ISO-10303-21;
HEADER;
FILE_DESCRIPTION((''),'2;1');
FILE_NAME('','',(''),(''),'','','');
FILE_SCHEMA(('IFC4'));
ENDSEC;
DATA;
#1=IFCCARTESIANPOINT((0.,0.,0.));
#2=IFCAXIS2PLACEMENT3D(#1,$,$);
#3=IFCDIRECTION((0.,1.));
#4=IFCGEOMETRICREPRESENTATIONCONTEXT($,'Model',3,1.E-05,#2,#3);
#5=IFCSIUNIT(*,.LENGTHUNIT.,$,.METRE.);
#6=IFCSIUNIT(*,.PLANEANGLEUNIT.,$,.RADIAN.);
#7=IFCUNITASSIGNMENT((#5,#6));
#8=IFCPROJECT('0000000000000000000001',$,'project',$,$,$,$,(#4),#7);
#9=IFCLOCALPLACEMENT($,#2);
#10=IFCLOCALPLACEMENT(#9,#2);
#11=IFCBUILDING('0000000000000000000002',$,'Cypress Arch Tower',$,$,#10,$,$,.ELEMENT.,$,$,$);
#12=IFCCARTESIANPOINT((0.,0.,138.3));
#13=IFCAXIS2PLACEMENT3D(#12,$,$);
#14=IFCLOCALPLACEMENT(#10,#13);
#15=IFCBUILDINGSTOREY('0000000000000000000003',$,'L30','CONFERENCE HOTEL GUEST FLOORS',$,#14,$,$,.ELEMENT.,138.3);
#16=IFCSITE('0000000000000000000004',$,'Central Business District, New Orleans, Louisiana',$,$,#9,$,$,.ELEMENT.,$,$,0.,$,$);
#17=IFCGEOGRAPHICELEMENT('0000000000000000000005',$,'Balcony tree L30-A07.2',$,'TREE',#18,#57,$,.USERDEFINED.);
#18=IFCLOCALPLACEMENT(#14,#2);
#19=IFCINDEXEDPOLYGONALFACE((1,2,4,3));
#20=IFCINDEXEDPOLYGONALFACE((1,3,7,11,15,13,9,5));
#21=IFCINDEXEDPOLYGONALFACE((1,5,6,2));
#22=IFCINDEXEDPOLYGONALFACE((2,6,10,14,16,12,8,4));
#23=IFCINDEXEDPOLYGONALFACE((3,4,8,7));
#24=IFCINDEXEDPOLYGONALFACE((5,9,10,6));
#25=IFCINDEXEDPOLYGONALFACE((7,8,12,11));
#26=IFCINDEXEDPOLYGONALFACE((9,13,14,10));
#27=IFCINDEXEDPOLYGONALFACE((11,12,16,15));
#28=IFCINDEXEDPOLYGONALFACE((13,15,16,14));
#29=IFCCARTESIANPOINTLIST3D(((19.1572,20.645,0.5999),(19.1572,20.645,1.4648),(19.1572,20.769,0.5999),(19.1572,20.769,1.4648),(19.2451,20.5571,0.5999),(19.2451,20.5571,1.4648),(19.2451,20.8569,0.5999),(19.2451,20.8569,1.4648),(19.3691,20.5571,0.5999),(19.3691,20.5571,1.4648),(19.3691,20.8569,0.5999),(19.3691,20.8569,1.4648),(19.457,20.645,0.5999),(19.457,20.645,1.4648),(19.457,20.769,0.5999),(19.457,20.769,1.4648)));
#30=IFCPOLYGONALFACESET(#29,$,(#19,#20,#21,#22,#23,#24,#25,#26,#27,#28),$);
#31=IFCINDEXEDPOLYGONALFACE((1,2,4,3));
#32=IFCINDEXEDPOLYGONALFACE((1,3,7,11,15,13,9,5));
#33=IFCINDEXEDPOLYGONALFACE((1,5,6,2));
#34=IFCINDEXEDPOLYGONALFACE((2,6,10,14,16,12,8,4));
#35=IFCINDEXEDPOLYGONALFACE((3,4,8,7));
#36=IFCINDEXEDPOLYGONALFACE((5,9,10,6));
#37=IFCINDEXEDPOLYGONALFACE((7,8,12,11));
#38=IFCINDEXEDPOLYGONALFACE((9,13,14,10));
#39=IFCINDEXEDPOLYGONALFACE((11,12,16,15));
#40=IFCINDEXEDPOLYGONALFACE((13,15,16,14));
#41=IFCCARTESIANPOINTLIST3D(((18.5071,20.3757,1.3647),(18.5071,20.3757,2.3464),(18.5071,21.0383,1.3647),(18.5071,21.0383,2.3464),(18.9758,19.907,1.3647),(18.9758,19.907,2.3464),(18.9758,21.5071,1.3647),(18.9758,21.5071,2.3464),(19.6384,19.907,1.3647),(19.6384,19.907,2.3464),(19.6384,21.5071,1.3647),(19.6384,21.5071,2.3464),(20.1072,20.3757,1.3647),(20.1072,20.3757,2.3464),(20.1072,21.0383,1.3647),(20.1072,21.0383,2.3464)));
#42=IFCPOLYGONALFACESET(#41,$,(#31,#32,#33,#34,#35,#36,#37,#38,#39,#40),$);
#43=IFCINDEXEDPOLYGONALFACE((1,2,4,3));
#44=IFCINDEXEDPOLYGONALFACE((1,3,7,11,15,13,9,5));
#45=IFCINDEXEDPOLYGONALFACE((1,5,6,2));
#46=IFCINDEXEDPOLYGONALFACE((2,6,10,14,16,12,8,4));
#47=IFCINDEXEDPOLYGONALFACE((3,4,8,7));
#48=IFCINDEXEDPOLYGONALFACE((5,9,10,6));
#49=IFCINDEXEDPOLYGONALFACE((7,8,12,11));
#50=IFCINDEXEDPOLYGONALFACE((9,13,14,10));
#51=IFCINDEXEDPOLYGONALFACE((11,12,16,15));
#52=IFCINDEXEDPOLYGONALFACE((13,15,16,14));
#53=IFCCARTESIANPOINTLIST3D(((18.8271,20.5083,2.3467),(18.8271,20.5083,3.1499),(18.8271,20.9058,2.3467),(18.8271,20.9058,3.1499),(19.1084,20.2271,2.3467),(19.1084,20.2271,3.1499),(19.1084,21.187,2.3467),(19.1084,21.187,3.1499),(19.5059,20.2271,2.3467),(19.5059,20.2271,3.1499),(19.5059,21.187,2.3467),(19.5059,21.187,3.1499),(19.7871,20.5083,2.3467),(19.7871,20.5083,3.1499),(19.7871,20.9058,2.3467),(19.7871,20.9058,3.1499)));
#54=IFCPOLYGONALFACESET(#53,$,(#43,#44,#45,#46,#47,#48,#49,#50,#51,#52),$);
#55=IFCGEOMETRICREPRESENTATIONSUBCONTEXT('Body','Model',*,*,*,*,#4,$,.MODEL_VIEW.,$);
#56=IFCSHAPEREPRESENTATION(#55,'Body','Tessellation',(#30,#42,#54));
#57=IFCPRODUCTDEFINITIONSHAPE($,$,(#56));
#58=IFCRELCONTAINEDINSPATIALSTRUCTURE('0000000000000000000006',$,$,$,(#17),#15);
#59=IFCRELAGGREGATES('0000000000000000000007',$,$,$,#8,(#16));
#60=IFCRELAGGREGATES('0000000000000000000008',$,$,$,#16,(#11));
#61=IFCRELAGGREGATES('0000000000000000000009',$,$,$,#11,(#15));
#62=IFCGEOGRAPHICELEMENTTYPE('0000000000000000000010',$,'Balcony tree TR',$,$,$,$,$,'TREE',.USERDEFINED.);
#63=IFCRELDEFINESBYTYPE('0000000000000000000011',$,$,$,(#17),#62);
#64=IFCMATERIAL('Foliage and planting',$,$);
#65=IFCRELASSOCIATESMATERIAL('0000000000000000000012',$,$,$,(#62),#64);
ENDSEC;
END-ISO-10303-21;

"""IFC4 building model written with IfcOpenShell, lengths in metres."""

from ifc_helpers import new_model, si_unit, direction, frame, origin, place, context, subcontext, project, spatial, polyline, outline, extrude, material, type_object, element, save


model = new_model("IFC4")

# Units and contexts
model_context = context("Model", 3, precision=1e-05, world=origin(), true_north=direction((0.0, 1.0)))
body_context = subcontext(model_context, "Body", "Model", "MODEL_VIEW")
ifc_project = project(units=[si_unit("LENGTHUNIT", "METRE"), si_unit("PLANEANGLEUNIT", "RADIAN")], contexts=[model_context])

# Site, building, storey
site_placement = place(None, origin())
site = spatial("IfcSite", under=ifc_project, at=site_placement, Name="Central Business District, New Orleans, Louisiana", CompositionType="ELEMENT", RefElevation=0.0)
building_placement = place(site_placement, origin())
building = spatial("IfcBuilding", under=site, at=building_placement, Name="Cypress Arch Tower", CompositionType="ELEMENT")
storey_placement = place(building_placement, frame((0.0, 0.0, 138.3)))
storey = spatial("IfcBuildingStorey", under=building, at=storey_placement, Name="L30", Description="CONFERENCE HOTEL GUEST FLOORS", CompositionType="ELEMENT", Elevation=138.3)

# Geographic element
ifc_material_1 = material(Name="Foliage and planting")
geographic_element_type = type_object("IfcGeographicElementType", Name="Balcony tree TR", ElementType="TREE", PredefinedType="USERDEFINED", material=ifc_material_1)
geographic_element_placement = place(storey_placement, frame((19.3071, 20.707, 0.5999), z_axis=(0.0, 0.0, 1.0), x_axis=(1.0, 0.0, 0.0)))
element("IfcGeographicElement", 1, at=geographic_element_placement, inside=storey, type_object=geographic_element_type, Name="Balcony tree L30-A07.2", ObjectType="TREE", PredefinedType="USERDEFINED", context=body_context, shape_type="SweptSolid", body=[
    extrude(outline(polyline([(0.1499, 0.062), (0.062, 0.1499), (-0.062, 0.1499), (-0.1499, 0.062), (-0.1499, -0.062), (-0.062, -0.1499), (0.062, -0.1499), (0.1499, -0.062), (0.1499, 0.062)])), origin(), (0.0, 0.0, 1.0), 0.865),
    extrude(outline(polyline([(0.8, 0.3313), (0.3313, 0.8), (-0.3313, 0.8), (-0.8, 0.3313), (-0.8, -0.3313), (-0.3313, -0.8), (0.3313, -0.8), (0.8, -0.3313), (0.8, 0.3313)])), frame((0.0, 0.0, 0.7649)), (0.0, 0.0, 1.0), 0.9817),
    extrude(outline(polyline([(0.48, 0.1987), (0.1987, 0.48), (-0.1987, 0.48), (-0.48, 0.1987), (-0.48, -0.1987), (-0.1987, -0.48), (0.1987, -0.48), (0.48, -0.1987), (0.48, 0.1987)])), frame((0.0, 0.0, 1.7468)), (0.0, 0.0, 1.0), 0.8032),
])

save(model, "model.ifc")
